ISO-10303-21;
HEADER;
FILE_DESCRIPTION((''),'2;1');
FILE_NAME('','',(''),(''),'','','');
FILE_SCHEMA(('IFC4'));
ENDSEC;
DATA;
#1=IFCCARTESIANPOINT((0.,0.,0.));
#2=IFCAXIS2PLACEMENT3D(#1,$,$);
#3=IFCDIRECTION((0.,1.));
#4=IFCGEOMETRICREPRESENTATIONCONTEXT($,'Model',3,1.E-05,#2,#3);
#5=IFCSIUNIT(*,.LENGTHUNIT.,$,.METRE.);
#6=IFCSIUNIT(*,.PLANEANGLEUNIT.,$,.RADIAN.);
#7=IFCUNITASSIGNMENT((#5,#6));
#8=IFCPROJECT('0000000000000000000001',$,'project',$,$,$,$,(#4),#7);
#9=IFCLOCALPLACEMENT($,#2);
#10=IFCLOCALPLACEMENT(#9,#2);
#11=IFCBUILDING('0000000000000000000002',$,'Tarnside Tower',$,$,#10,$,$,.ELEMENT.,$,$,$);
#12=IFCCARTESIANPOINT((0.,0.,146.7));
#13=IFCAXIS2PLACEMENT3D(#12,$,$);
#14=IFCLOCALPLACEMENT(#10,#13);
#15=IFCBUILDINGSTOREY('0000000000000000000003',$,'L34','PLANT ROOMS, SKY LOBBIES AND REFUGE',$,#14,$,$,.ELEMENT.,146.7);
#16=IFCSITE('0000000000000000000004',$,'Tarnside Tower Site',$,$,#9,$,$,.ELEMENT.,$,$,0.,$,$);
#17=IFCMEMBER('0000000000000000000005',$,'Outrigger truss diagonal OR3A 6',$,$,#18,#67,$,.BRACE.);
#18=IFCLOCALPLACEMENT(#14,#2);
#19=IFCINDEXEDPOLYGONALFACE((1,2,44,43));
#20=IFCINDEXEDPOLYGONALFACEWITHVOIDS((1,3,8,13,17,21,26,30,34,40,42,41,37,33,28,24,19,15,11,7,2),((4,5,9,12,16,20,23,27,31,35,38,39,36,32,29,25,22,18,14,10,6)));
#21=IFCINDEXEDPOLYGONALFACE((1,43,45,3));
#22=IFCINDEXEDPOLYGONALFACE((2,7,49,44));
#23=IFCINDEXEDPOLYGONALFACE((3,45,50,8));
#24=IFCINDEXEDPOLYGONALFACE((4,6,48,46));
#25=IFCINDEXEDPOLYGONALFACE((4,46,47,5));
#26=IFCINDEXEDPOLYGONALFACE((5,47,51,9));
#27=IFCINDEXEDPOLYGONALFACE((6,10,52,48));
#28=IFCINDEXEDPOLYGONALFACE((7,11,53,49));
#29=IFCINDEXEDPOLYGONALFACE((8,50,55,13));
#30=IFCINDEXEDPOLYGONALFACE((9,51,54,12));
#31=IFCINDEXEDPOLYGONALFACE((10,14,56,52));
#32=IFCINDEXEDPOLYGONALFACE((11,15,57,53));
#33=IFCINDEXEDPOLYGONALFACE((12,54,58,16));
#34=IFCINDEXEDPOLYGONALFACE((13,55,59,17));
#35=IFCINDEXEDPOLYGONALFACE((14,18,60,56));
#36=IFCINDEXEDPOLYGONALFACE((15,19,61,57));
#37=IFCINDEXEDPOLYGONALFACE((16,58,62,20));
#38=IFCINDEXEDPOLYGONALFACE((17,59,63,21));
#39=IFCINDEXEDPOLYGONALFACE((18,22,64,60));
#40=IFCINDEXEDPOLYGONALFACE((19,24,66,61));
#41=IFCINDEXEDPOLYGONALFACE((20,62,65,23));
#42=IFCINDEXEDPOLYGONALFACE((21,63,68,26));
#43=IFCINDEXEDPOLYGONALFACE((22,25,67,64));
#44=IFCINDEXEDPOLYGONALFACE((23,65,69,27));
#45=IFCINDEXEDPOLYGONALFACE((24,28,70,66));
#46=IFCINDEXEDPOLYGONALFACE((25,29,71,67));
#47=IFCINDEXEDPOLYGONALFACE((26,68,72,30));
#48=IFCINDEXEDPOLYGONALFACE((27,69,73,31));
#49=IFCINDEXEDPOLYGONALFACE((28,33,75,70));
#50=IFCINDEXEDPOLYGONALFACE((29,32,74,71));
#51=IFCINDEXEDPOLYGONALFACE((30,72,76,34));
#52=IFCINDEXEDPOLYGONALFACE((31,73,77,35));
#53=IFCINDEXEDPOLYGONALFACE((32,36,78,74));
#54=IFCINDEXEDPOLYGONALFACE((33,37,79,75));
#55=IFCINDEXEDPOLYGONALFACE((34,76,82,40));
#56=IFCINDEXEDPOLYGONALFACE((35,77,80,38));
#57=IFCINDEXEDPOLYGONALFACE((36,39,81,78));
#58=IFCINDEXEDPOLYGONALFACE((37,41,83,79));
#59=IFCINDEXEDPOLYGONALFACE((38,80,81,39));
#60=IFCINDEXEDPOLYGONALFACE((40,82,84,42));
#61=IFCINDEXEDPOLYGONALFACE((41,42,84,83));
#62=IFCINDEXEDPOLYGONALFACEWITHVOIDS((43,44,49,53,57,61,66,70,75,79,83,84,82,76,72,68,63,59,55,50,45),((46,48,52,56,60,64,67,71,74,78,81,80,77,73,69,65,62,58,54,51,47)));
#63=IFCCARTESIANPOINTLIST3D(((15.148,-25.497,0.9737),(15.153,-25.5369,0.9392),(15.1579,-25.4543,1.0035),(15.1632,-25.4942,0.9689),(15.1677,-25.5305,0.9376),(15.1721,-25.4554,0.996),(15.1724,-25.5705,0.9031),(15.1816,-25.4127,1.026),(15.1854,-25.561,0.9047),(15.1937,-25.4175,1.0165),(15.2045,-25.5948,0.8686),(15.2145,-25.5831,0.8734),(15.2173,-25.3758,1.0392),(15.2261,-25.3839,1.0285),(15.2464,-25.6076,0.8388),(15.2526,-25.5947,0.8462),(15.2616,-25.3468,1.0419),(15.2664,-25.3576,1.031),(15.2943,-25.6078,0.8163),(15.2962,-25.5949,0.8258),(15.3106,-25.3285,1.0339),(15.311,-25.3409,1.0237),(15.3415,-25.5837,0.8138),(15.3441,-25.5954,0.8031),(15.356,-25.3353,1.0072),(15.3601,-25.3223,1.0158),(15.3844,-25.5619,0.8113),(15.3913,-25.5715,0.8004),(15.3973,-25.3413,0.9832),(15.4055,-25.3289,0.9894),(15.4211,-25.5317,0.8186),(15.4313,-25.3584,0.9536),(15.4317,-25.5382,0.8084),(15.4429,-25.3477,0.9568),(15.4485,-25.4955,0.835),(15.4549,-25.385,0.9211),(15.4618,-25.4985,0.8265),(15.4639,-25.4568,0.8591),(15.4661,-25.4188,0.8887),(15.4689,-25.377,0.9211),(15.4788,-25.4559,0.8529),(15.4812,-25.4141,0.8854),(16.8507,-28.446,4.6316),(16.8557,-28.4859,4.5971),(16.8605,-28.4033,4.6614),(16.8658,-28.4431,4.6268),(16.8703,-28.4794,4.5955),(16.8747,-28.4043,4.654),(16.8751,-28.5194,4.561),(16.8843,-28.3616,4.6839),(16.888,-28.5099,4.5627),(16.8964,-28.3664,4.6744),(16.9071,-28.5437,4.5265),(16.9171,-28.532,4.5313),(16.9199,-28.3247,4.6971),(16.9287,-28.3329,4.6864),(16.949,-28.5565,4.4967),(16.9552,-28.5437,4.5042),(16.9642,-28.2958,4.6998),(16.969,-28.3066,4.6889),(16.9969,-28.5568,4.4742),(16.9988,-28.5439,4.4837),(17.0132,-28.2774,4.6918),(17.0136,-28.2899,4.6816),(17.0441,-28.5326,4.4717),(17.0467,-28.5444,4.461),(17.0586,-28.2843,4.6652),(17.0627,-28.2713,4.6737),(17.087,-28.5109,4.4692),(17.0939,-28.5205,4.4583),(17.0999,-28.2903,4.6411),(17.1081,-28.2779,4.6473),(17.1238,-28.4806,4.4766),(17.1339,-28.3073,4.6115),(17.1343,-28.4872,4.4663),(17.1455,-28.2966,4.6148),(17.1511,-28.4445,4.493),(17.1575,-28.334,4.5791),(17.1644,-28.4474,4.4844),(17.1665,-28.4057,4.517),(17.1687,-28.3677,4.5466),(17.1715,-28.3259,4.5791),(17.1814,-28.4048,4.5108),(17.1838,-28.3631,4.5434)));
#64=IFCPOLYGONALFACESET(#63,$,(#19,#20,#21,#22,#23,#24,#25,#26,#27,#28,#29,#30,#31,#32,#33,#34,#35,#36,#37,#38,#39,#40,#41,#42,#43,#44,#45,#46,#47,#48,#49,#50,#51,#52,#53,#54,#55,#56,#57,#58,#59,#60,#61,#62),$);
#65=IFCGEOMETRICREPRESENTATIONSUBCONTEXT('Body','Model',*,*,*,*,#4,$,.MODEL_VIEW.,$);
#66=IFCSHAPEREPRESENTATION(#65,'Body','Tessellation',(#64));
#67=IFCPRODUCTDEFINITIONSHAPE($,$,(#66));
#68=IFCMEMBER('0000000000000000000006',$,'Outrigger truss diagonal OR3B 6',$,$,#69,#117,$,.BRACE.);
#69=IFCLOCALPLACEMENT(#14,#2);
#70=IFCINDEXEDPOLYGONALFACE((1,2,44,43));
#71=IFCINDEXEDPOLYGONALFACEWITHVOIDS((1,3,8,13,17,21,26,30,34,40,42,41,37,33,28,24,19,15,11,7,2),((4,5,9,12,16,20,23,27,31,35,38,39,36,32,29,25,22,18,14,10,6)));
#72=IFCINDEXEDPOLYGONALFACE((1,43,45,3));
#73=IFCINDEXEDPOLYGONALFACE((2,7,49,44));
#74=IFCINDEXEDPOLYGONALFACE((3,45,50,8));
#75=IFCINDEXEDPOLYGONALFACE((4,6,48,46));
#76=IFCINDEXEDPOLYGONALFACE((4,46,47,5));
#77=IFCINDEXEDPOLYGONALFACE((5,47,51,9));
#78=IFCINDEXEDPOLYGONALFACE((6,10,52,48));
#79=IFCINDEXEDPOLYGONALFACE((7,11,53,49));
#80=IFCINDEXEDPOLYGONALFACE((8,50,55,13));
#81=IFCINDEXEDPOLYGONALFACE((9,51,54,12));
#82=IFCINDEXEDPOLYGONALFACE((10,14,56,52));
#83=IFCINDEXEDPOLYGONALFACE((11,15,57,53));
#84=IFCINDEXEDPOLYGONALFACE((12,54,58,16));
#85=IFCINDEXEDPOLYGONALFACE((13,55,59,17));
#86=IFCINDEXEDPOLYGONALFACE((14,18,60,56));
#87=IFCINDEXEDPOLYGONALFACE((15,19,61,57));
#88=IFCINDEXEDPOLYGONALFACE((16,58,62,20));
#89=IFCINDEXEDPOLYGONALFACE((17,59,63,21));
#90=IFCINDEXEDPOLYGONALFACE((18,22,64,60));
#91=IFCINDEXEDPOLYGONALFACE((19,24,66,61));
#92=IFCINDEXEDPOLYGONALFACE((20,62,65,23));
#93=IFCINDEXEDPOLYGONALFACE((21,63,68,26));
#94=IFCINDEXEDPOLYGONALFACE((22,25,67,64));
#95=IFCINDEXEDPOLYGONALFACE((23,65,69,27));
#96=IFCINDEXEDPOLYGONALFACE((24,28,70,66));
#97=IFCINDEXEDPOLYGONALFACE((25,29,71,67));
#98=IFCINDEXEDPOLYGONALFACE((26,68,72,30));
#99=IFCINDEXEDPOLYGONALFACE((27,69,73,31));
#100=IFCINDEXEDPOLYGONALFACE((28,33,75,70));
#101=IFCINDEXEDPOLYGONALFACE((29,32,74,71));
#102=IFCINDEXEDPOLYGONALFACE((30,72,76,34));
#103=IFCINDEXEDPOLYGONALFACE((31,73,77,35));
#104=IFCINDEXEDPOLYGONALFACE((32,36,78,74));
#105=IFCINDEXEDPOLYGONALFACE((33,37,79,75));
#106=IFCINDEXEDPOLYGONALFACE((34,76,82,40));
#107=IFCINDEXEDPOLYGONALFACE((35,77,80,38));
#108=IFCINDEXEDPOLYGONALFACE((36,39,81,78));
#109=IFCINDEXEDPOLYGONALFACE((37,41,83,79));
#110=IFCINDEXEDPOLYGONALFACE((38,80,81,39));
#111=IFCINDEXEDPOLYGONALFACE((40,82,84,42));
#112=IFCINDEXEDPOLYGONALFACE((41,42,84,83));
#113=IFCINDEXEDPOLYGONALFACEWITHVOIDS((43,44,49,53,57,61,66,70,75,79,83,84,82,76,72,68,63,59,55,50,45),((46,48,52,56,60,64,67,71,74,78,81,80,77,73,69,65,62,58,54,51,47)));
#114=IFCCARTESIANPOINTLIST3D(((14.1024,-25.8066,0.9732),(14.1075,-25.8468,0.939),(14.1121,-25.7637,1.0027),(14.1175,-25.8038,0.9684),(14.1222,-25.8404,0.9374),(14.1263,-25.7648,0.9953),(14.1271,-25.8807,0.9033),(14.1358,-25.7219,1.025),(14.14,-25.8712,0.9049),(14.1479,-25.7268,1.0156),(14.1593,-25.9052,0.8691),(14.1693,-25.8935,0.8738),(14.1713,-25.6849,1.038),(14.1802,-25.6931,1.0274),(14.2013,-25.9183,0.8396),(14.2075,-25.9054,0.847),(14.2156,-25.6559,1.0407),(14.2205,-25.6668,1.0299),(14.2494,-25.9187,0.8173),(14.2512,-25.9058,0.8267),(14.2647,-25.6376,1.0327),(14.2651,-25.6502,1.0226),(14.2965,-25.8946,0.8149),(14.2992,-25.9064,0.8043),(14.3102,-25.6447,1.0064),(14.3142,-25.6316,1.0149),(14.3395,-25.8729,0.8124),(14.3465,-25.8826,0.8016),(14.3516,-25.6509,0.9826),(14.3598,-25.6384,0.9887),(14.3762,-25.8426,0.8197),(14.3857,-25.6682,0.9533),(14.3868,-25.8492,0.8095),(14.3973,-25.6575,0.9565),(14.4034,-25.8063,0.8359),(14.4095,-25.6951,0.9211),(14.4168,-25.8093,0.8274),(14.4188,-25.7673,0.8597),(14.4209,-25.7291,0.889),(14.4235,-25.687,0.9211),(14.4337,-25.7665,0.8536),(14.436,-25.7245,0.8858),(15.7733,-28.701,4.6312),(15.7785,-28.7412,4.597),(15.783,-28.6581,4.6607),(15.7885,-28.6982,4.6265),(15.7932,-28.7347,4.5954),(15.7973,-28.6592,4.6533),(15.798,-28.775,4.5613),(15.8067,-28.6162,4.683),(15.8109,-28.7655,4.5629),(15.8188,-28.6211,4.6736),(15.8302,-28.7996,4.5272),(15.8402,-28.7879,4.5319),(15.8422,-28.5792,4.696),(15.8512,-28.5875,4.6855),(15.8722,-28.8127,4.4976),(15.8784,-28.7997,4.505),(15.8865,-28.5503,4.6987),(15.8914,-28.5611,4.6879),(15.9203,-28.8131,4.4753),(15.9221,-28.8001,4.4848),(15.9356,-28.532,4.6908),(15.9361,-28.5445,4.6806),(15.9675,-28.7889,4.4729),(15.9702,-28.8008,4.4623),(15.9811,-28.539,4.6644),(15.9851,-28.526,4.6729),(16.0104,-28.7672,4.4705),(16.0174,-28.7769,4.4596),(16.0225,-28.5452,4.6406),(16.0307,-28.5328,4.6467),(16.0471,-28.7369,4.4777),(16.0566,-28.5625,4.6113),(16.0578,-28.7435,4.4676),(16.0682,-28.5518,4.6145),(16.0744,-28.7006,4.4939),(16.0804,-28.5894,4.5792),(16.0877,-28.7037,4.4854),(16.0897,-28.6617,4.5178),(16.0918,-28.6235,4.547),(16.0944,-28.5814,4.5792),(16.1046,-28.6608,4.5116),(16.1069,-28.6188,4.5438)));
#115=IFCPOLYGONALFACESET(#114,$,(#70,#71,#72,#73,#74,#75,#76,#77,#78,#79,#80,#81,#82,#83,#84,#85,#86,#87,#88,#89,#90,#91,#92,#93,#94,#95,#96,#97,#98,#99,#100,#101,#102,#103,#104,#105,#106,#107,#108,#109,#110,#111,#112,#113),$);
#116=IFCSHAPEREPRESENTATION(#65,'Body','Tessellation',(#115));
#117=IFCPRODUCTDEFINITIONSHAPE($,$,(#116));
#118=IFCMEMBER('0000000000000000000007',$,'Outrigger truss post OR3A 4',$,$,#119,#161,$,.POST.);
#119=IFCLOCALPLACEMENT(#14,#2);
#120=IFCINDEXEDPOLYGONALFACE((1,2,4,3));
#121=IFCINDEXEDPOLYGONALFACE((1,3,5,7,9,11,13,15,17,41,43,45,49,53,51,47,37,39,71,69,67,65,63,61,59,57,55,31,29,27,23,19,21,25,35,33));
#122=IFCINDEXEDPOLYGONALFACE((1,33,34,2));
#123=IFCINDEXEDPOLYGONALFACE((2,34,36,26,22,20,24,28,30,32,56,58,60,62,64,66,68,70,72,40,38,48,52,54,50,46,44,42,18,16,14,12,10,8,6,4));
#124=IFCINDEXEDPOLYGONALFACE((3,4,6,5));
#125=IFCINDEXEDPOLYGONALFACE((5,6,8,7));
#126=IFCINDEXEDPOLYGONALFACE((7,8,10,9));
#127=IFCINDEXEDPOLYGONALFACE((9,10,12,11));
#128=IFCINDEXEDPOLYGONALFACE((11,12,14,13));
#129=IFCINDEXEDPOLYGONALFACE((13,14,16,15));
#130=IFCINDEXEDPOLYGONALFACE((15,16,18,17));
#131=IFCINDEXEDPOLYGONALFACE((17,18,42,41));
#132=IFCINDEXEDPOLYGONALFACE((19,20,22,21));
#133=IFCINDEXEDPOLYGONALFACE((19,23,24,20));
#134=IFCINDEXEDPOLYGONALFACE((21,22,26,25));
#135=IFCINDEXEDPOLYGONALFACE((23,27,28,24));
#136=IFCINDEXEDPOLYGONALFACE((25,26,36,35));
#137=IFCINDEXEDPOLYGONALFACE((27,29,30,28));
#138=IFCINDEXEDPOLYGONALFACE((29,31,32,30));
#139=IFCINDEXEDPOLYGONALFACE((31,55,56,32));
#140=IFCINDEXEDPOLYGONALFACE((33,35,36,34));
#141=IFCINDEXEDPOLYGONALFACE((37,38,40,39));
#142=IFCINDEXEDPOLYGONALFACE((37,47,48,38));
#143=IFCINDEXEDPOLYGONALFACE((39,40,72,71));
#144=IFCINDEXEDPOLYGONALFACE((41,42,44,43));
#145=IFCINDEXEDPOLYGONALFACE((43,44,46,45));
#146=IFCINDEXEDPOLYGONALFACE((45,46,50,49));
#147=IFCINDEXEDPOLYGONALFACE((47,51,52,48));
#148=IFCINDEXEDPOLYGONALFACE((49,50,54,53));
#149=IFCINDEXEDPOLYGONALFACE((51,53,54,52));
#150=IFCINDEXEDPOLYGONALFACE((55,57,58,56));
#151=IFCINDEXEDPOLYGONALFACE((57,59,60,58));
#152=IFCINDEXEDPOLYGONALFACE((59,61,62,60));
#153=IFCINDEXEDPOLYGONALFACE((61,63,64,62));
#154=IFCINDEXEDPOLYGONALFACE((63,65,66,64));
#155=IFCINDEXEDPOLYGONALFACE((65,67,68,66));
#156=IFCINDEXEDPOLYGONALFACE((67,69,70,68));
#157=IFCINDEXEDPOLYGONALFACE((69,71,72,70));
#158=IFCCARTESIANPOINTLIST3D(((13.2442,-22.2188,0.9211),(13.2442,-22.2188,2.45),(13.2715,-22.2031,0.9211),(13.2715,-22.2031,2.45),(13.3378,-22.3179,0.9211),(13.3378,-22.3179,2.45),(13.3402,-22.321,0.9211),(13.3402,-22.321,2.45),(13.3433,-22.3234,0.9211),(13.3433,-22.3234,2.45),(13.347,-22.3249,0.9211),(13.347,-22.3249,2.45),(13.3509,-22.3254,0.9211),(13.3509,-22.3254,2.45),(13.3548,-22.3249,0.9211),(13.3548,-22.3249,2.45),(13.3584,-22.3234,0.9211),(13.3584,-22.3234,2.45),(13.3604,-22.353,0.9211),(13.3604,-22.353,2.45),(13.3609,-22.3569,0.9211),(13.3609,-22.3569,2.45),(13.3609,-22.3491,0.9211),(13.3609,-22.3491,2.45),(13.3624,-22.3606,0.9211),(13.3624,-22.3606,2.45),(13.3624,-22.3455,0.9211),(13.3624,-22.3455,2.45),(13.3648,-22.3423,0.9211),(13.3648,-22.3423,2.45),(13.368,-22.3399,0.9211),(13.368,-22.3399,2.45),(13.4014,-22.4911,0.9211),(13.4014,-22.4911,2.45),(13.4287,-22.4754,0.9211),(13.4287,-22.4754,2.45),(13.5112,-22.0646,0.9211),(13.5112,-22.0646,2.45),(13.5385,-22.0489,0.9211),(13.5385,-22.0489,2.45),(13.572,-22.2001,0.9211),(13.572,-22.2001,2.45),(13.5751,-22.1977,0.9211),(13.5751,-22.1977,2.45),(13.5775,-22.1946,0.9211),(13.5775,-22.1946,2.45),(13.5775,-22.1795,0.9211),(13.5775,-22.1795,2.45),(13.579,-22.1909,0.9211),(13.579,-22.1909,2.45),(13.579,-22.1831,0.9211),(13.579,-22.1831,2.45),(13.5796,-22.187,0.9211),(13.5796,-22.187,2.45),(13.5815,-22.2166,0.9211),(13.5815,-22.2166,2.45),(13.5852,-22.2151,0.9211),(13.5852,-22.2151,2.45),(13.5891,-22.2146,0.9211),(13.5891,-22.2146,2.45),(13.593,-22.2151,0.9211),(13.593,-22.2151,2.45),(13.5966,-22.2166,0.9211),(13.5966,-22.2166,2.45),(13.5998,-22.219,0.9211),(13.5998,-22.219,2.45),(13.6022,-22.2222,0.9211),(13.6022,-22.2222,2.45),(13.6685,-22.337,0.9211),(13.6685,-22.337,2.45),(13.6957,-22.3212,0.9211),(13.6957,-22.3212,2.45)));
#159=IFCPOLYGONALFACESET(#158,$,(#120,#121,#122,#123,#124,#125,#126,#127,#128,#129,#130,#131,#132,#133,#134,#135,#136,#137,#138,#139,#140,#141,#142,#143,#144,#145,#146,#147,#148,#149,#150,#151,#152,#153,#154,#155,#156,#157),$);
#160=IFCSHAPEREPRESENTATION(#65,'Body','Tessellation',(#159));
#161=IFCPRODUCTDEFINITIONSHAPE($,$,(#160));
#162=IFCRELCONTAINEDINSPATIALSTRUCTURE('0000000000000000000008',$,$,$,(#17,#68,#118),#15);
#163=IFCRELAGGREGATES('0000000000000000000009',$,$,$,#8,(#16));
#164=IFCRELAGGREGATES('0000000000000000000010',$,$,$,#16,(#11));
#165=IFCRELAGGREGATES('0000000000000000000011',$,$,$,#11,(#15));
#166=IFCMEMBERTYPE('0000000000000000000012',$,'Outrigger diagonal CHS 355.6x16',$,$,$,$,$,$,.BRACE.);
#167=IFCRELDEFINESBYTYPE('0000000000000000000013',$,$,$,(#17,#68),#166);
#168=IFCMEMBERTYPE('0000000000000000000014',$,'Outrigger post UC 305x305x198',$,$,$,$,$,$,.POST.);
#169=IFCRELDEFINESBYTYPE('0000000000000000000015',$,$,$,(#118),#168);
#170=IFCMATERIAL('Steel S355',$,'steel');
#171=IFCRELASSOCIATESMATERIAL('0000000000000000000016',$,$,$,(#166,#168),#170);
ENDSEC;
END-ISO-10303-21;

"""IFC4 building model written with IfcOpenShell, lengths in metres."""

from ifc_helpers import new_model, si_unit, direction, frame, origin, origin_2d, place, context, subcontext, project, spatial, hollow_circle, i_section, extrude, material, material_profile, profile_set, type_object, element, save


model = new_model("IFC4")

# Units and contexts
model_context = context("Model", 3, precision=1e-05, world=origin(), true_north=direction((0.0, 1.0)))
body_context = subcontext(model_context, "Body", "Model", "MODEL_VIEW")
ifc_project = project(units=[si_unit("LENGTHUNIT", "METRE"), si_unit("PLANEANGLEUNIT", "RADIAN")], contexts=[model_context])

# Site, building, storey
site_placement = place(None, origin())
site = spatial("IfcSite", under=ifc_project, at=site_placement, Name="Tarnside Tower Site", CompositionType="ELEMENT", RefElevation=0.0)
building_placement = place(site_placement, origin())
building = spatial("IfcBuilding", under=site, at=building_placement, Name="Tarnside Tower", CompositionType="ELEMENT")
storey_placement = place(building_placement, frame((0.0, 0.0, 146.7)))
storey = spatial("IfcBuildingStorey", under=building, at=storey_placement, Name="L34", Description="PLANT ROOMS, SKY LOBBIES AND REFUGE", CompositionType="ELEMENT", Elevation=146.7)

# Shared definitions
ifc_material_1 = material(Name="Steel S355", Category="steel")

# Members
ifc_material_profile_1 = material_profile(ifc_material_1, hollow_circle(Radius=0.1777, WallThickness=0.0161, at=origin_2d()), Name="CHS 355.6x16")
ifc_profile_set_1 = profile_set([ifc_material_profile_1], Name="Steel S355")
member_type_1 = type_object("IfcMemberType", Name="Outrigger diagonal CHS 355.6x16", PredefinedType="BRACE", material=ifc_profile_set_1)
member_1_placement = place(storey_placement, frame((15.3149, -25.4658, 0.9211), z_axis=(0.34069, -0.590077, 0.731942), x_axis=(0.86602, 0.50001, 0.0)))
element("IfcMember", 1, at=member_1_placement, inside=storey, type_object=member_type_1, Name="Outrigger truss diagonal OR3A 6", PredefinedType="BRACE", context=body_context, shape_type="SweptSolid", body=[
    extrude(hollow_circle(Radius=0.1777, WallThickness=0.0161, at=origin_2d()), origin(), (0.0, 0.0, 1.0), 4.9976),
])
member_2_placement = place(storey_placement, frame((14.2695, -25.7759, 0.9211), z_axis=(0.337232, -0.584145, 0.738274), x_axis=(0.866041, 0.499973, 0.0)))
element("IfcMember", 2, at=member_2_placement, inside=storey, type_object=member_type_1, Name="Outrigger truss diagonal OR3B 6", PredefinedType="BRACE", context=body_context, shape_type="SweptSolid", body=[
    extrude(hollow_circle(Radius=0.1777, WallThickness=0.0161, at=origin_2d()), origin(), (0.0, 0.0, 1.0), 4.9548),
])
ifc_material_profile_2 = material_profile(ifc_material_1, i_section(OverallWidth=0.3145, OverallDepth=0.3398, WebThickness=0.019, FlangeThickness=0.0315, FilletRadius=0.0151, at=origin_2d()), Name="UC 305x305x198")
ifc_profile_set_2 = profile_set([ifc_material_profile_2], Name="Steel S355")
member_type_2 = type_object("IfcMemberType", Name="Outrigger post UC 305x305x198", PredefinedType="POST", material=ifc_profile_set_2)
member_3_placement = place(storey_placement, frame((13.47, -22.27, 0.9211), z_axis=(0.0, 0.0, 1.0), x_axis=(0.5, -0.866025, 0.0)))
element("IfcMember", 3, at=member_3_placement, inside=storey, type_object=member_type_2, Name="Outrigger truss post OR3A 4", PredefinedType="POST", context=body_context, shape_type="SweptSolid", body=[
    extrude(i_section(OverallWidth=0.3145, OverallDepth=0.3398, WebThickness=0.019, FlangeThickness=0.0315, FilletRadius=0.0151, at=origin_2d()), origin(), (0.0, 0.0, 1.0), 1.5288),
])

save(model, "model.ifc")
